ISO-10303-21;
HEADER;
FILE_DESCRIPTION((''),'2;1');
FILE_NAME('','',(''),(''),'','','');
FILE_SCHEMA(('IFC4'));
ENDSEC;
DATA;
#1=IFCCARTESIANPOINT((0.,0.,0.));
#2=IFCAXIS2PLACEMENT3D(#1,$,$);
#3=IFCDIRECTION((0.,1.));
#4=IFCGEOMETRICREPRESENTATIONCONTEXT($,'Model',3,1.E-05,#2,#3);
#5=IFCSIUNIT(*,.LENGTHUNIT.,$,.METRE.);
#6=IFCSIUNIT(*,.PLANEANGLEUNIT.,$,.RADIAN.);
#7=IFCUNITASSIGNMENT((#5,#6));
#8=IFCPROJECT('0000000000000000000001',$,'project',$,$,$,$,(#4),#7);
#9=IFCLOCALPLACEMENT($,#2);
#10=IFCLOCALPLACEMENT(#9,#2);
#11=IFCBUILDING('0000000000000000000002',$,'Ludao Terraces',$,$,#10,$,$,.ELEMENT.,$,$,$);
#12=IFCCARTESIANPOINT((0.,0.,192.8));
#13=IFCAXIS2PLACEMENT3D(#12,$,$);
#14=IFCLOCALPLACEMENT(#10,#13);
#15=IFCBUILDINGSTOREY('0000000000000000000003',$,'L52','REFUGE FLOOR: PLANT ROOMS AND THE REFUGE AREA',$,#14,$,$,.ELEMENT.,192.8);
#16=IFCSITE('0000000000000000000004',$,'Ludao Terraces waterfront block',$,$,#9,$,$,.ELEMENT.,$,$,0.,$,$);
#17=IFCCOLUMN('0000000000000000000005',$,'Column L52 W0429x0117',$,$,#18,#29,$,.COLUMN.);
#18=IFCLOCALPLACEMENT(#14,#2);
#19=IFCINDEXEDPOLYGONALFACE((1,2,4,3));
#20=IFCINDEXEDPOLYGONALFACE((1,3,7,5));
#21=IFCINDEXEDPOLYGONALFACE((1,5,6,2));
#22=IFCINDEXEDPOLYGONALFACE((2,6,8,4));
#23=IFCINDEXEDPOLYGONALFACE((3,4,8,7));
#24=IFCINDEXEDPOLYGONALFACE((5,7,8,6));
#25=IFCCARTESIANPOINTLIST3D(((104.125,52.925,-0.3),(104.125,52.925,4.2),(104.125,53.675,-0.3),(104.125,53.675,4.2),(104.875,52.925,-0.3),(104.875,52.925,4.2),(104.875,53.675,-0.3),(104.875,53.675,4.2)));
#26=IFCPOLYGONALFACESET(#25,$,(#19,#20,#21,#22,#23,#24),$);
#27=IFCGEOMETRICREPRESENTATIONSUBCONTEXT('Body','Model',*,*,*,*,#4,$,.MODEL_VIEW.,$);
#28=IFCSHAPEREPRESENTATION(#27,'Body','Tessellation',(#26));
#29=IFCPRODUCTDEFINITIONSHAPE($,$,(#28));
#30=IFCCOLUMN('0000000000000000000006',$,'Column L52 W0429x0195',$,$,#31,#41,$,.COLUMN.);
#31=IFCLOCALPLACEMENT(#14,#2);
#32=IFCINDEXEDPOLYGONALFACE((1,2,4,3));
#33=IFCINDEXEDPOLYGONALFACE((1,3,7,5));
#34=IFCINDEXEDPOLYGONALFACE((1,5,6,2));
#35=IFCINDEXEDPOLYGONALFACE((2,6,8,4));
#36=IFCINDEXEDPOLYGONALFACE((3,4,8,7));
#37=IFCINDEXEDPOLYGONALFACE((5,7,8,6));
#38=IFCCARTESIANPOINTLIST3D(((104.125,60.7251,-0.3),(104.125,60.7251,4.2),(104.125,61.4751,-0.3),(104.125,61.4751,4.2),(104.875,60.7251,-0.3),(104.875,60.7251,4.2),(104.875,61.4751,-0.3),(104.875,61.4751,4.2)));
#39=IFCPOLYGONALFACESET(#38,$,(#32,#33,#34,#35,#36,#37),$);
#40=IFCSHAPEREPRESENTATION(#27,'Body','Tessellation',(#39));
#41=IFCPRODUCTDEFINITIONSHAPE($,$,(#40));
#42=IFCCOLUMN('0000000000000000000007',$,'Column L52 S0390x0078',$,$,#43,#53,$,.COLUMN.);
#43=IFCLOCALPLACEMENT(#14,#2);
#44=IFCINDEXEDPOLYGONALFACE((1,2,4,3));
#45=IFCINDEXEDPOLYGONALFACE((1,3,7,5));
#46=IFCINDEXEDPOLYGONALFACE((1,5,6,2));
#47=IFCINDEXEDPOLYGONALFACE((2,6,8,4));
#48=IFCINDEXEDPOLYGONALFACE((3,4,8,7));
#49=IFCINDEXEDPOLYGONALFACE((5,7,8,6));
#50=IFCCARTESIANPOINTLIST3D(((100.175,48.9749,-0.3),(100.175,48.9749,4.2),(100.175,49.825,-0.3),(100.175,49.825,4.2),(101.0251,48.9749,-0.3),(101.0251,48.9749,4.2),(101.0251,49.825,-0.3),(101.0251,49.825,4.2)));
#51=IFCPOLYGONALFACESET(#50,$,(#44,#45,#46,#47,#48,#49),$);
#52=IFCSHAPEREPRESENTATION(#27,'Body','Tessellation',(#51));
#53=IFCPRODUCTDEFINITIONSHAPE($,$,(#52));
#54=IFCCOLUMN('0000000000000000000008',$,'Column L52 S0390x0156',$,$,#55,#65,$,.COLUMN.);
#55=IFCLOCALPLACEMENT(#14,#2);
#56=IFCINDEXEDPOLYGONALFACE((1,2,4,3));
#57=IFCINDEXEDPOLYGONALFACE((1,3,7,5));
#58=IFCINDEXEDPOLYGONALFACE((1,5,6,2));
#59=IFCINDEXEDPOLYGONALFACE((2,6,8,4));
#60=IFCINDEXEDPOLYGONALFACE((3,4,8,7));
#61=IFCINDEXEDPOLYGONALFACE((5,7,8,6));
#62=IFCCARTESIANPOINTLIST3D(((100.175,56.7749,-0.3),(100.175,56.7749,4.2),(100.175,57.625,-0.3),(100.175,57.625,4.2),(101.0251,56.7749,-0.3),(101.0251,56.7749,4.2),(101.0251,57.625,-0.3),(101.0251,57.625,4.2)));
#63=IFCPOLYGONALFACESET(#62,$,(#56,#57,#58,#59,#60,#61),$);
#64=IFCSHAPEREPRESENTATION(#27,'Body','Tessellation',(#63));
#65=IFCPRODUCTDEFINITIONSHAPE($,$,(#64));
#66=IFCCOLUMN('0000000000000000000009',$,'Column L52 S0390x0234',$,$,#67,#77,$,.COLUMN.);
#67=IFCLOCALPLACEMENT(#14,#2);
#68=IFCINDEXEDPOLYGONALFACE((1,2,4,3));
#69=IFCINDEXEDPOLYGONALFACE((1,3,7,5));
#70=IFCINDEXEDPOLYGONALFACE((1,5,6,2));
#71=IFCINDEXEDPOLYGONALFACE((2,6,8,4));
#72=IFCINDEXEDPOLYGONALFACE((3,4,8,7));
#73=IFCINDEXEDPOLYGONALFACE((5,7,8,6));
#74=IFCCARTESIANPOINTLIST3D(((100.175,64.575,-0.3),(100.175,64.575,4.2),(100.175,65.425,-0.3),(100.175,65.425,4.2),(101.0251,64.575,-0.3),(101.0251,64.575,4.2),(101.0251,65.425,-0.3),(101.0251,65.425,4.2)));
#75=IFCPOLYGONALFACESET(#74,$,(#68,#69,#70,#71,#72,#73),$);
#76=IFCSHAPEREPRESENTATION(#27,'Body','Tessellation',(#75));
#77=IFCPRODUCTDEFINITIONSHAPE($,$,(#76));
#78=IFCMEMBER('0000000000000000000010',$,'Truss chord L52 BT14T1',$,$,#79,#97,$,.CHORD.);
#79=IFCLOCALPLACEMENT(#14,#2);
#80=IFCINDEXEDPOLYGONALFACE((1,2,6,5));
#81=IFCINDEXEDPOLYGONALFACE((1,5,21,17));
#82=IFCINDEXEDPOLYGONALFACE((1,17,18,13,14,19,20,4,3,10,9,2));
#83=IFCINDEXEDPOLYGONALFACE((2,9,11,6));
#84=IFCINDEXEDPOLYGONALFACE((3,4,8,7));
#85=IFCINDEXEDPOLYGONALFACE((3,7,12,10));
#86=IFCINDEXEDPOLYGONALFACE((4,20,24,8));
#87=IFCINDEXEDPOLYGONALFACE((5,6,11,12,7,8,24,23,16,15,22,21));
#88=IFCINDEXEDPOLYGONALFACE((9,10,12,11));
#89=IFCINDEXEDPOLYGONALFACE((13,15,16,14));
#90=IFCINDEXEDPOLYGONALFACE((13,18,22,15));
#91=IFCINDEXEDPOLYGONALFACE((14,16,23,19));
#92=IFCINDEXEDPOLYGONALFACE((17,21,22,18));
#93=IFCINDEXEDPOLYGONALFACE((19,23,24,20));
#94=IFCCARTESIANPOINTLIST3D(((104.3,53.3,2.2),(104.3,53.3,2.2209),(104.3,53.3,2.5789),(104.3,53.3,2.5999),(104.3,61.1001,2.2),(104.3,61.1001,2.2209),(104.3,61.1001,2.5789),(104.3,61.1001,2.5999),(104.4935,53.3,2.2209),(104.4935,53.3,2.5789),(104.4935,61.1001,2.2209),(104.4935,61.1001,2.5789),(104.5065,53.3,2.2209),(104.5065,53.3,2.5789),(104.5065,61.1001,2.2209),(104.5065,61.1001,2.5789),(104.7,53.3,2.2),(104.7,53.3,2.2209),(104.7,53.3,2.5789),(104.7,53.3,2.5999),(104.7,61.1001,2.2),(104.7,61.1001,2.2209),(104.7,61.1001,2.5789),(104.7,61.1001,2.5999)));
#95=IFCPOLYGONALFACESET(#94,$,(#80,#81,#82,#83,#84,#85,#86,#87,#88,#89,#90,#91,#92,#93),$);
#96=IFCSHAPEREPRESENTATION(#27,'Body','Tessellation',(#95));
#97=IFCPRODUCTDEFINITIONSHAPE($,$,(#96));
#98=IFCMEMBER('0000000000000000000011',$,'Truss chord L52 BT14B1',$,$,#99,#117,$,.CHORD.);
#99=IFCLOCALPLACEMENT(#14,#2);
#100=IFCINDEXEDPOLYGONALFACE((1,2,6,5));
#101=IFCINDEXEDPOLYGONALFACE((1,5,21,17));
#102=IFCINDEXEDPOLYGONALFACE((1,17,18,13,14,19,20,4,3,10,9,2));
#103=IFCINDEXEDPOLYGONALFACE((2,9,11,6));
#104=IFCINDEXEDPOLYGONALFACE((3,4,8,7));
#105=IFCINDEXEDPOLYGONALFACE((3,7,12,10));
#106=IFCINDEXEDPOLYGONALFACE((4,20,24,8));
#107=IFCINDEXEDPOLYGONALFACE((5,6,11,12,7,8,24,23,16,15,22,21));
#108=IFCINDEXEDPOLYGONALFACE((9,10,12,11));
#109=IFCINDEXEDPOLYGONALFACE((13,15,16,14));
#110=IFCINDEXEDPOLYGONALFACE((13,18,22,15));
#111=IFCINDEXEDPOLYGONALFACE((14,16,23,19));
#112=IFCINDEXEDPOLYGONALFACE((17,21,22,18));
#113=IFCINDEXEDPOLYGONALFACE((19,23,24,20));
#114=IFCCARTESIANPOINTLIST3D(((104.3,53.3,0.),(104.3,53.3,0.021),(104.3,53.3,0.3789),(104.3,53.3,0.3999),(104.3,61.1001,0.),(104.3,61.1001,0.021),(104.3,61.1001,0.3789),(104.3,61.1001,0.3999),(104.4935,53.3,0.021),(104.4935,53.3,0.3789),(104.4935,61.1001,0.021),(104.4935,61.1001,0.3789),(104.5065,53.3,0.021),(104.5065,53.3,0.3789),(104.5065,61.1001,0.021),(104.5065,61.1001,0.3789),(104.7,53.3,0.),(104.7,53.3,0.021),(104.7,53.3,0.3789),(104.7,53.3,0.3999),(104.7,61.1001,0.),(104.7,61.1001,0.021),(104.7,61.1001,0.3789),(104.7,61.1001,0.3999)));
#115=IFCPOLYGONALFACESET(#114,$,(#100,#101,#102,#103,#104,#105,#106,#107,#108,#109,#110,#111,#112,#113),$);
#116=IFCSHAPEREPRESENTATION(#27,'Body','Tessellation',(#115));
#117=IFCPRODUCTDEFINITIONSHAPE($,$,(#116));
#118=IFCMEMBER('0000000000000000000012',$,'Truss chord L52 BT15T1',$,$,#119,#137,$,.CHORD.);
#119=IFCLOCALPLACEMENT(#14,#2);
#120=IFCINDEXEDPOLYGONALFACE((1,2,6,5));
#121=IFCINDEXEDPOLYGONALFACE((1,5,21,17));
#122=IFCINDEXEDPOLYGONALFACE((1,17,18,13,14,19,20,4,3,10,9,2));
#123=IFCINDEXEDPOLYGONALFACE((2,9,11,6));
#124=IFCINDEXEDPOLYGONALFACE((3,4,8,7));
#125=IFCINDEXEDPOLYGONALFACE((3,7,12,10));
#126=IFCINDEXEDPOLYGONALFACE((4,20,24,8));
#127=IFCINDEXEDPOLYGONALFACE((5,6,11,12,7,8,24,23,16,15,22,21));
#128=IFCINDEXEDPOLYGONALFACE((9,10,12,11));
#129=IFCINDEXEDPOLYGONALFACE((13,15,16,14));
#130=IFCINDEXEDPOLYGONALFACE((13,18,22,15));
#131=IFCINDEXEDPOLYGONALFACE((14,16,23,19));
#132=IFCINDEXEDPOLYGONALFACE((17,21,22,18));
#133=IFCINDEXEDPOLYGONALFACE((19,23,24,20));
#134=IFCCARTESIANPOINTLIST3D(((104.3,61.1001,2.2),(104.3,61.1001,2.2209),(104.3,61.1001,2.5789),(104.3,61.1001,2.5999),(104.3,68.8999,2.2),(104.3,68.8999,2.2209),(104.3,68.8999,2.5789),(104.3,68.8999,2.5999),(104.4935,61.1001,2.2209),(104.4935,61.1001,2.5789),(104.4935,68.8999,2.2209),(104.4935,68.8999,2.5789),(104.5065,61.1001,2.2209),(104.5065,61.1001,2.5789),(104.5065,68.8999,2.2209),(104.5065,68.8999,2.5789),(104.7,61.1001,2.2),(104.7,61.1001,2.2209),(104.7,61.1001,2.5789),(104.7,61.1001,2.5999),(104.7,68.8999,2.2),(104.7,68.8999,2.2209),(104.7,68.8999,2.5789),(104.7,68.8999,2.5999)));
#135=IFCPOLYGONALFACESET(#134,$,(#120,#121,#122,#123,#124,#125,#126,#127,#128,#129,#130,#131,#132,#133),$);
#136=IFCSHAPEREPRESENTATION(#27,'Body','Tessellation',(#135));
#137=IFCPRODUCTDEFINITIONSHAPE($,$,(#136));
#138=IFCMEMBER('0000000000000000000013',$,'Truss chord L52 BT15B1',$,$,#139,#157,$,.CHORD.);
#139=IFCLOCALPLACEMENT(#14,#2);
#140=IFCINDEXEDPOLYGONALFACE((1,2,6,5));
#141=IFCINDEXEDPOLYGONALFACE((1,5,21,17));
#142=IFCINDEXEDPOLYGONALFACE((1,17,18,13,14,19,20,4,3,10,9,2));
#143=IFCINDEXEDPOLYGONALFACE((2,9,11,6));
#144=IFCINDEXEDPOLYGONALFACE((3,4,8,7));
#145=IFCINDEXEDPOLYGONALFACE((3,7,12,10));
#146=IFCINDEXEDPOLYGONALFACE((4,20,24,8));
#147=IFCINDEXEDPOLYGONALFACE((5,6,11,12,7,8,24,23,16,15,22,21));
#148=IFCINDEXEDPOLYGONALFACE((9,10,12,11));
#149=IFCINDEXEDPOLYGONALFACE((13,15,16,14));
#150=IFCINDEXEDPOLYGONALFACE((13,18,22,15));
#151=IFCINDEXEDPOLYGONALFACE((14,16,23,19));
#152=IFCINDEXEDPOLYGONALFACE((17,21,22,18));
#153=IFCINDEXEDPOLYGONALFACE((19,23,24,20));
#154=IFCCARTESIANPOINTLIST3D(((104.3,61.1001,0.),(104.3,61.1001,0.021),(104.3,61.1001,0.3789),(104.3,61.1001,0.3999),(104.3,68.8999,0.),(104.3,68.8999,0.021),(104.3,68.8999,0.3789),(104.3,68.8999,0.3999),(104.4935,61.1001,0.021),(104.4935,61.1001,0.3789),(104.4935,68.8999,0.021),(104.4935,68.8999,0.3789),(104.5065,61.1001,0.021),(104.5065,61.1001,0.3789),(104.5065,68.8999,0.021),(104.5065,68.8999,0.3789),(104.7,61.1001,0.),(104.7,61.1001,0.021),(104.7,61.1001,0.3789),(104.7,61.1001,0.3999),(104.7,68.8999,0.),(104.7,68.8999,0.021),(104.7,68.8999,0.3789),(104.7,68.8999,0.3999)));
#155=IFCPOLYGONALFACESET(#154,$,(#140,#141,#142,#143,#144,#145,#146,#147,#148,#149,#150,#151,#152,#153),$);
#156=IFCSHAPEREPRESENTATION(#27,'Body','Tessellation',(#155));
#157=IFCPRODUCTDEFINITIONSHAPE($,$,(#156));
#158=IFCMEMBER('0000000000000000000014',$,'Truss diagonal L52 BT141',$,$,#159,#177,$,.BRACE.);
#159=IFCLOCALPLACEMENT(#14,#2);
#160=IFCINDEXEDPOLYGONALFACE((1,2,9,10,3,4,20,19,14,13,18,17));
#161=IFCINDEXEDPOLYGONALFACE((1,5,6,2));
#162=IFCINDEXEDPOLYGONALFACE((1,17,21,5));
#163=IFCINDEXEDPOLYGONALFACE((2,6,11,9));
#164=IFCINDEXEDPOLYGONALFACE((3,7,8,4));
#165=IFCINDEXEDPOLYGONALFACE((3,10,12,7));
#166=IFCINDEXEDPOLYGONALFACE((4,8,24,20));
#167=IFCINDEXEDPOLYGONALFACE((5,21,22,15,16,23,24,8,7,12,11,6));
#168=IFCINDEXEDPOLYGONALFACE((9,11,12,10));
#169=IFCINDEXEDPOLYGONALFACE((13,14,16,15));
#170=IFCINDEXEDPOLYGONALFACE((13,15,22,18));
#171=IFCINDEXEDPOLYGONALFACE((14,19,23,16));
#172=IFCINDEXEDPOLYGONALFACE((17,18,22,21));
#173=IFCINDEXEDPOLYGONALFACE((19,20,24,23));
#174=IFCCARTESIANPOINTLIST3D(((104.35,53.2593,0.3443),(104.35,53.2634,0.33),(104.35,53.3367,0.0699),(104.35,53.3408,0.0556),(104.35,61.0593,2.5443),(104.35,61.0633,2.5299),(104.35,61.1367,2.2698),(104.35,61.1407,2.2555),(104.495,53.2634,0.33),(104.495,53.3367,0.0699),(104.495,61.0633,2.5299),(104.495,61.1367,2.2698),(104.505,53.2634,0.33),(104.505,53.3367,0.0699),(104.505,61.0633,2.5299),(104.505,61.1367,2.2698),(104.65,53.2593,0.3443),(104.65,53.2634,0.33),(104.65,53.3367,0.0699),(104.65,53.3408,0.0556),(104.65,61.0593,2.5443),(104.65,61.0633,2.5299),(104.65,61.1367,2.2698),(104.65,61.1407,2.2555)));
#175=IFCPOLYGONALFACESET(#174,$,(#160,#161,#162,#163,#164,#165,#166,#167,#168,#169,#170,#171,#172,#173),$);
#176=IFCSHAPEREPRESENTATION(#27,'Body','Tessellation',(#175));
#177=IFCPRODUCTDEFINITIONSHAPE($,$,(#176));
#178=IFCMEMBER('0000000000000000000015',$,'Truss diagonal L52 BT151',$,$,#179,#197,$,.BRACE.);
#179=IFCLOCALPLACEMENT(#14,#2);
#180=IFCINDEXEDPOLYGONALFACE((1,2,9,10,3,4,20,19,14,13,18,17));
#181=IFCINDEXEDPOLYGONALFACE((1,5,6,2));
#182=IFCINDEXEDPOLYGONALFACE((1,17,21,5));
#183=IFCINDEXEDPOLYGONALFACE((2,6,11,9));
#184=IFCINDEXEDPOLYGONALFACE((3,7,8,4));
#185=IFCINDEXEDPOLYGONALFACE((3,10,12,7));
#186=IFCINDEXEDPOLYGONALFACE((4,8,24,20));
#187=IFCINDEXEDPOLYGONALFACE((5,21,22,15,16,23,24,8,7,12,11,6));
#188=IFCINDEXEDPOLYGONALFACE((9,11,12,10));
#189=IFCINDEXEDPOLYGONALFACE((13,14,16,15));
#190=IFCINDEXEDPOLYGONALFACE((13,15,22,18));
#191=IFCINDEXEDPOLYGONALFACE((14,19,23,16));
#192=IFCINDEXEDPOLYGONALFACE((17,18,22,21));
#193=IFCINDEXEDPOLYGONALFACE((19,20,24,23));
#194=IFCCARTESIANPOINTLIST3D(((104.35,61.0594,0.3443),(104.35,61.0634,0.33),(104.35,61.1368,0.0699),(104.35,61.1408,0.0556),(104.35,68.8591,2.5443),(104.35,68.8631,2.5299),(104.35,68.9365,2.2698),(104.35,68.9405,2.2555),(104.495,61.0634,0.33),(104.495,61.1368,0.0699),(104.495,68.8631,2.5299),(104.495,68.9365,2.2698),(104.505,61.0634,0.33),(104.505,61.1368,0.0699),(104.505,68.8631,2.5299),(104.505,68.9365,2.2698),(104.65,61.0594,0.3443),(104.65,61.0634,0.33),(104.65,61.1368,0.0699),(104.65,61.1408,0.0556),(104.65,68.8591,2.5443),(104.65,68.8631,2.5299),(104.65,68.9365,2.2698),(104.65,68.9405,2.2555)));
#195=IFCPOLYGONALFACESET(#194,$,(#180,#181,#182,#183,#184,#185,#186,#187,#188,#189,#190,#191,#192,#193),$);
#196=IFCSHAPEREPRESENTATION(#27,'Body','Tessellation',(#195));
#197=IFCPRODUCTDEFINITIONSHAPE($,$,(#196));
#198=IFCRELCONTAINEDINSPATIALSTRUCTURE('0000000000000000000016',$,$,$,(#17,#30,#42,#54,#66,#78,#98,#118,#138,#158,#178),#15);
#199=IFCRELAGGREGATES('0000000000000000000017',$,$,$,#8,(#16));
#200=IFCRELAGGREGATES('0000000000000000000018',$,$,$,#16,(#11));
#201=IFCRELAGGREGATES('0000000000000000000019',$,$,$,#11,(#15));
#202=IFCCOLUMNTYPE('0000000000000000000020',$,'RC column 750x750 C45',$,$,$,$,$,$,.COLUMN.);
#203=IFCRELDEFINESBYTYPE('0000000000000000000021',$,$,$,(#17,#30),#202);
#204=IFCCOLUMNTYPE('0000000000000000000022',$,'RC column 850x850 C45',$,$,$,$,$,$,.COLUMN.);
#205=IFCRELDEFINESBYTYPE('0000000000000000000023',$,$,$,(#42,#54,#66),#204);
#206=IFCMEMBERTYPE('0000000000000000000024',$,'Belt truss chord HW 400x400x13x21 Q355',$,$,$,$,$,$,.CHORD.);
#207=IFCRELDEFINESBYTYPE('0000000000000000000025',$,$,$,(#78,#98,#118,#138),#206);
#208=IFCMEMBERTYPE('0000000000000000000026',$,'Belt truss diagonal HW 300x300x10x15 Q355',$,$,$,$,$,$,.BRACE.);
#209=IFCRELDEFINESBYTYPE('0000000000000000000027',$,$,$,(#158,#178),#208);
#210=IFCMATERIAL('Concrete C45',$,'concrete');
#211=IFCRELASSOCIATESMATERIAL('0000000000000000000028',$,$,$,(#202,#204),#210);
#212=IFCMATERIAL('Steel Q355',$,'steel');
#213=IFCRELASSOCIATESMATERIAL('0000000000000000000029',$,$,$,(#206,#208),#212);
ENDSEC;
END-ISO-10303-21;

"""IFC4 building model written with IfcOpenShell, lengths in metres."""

from ifc_helpers import new_model, si_unit, direction, frame, origin, origin_2d, place, context, subcontext, project, spatial, rectangle, i_section, extrude, material, material_profile, profile_set, type_object, element, save


model = new_model("IFC4")

# Units and contexts
model_context = context("Model", 3, precision=1e-05, world=origin(), true_north=direction((0.0, 1.0)))
body_context = subcontext(model_context, "Body", "Model", "MODEL_VIEW")
ifc_project = project(units=[si_unit("LENGTHUNIT", "METRE"), si_unit("PLANEANGLEUNIT", "RADIAN")], contexts=[model_context])

# Site, building, storey
site_placement = place(None, origin())
site = spatial("IfcSite", under=ifc_project, at=site_placement, Name="Ludao Terraces waterfront block", CompositionType="ELEMENT", RefElevation=0.0)
building_placement = place(site_placement, origin())
building = spatial("IfcBuilding", under=site, at=building_placement, Name="Ludao Terraces", CompositionType="ELEMENT")
storey_placement = place(building_placement, frame((0.0, 0.0, 192.8)))
storey = spatial("IfcBuildingStorey", under=building, at=storey_placement, Name="L52", Description="REFUGE FLOOR: PLANT ROOMS AND THE REFUGE AREA", CompositionType="ELEMENT", Elevation=192.8)

# Columns
ifc_material_1 = material(Name="Concrete C45", Category="concrete")
ifc_material_profile_1 = material_profile(ifc_material_1, rectangle(XDim=0.75, YDim=0.75, at=origin_2d()), Name="750 X 750")
ifc_profile_set_1 = profile_set([ifc_material_profile_1], Name="Concrete C45")
column_type_1 = type_object("IfcColumnType", Name="RC column 750x750 C45", PredefinedType="COLUMN", material=ifc_profile_set_1)
for number, where, z_axis, x_axis, name in (
    (1, (104.5, 53.3, -0.3), (0.0, 0.0, 1.0), (1.0, 0.0, 0.0), "Column L52 W0429x0117"),
    (2, (104.5, 61.1001, -0.3), (0.0, 0.0, 1.0), (1.0, 0.0, 0.0), "Column L52 W0429x0195"),
):
    element("IfcColumn", number, at=place(storey_placement, frame(where, z_axis=z_axis, x_axis=x_axis)), inside=storey, type_object=column_type_1, Name=name, PredefinedType="COLUMN", context=body_context, shape_type="SweptSolid", body=[
        extrude(rectangle(XDim=0.75, YDim=0.75, at=origin_2d()), origin(), (0.0, 0.0, 1.0), 4.5),
    ])
ifc_material_profile_2 = material_profile(ifc_material_1, rectangle(XDim=0.8501, YDim=0.8501, at=origin_2d()), Name="850 X 850")
ifc_profile_set_2 = profile_set([ifc_material_profile_2], Name="Concrete C45")
column_type_2 = type_object("IfcColumnType", Name="RC column 850x850 C45", PredefinedType="COLUMN", material=ifc_profile_set_2)
for number, where, z_axis, x_axis, name in (
    (3, (100.6001, 49.3999, -0.3), (0.0, 0.0, 1.0), (1.0, 0.0, 0.0), "Column L52 S0390x0078"),
    (4, (100.6001, 57.2, -0.3), (0.0, 0.0, 1.0), (1.0, 0.0, 0.0), "Column L52 S0390x0156"),
    (5, (100.6001, 65.0, -0.3), (0.0, 0.0, 1.0), (1.0, 0.0, 0.0), "Column L52 S0390x0234"),
):
    element("IfcColumn", number, at=place(storey_placement, frame(where, z_axis=z_axis, x_axis=x_axis)), inside=storey, type_object=column_type_2, Name=name, PredefinedType="COLUMN", context=body_context, shape_type="SweptSolid", body=[
        extrude(rectangle(XDim=0.8501, YDim=0.8501, at=origin_2d()), origin(), (0.0, 0.0, 1.0), 4.5),
    ])

# Members
ifc_material_2 = material(Name="Steel Q355", Category="steel")
ifc_material_profile_3 = material_profile(ifc_material_2, i_section(OverallWidth=0.3999, OverallDepth=0.3999, WebThickness=0.0129, FlangeThickness=0.021, at=origin_2d()), Name="HW 400X400X13X21")
ifc_profile_set_3 = profile_set([ifc_material_profile_3], Name="Steel Q355")
member_type_1 = type_object("IfcMemberType", Name="Belt truss chord HW 400x400x13x21 Q355", PredefinedType="CHORD", material=ifc_profile_set_3)
for number, where, z_axis, x_axis, name in (
    (6, (104.5, 53.3, 2.3999), (0.0, 1.0, 0.0), (-1.0, 0.0, 0.0), "Truss chord L52 BT14T1"),
    (7, (104.5, 53.3, 0.2), (0.0, 1.0, 0.0), (-1.0, 0.0, 0.0), "Truss chord L52 BT14B1"),
):
    element("IfcMember", number, at=place(storey_placement, frame(where, z_axis=z_axis, x_axis=x_axis)), inside=storey, type_object=member_type_1, Name=name, PredefinedType="CHORD", context=body_context, shape_type="SweptSolid", body=[
        extrude(i_section(OverallWidth=0.3999, OverallDepth=0.3999, WebThickness=0.0129, FlangeThickness=0.021, at=origin_2d()), origin(), (0.0, 0.0, 1.0), 7.8),
    ])
for number, where, z_axis, x_axis, name in (
    (8, (104.5, 61.1001, 2.3999), (0.0, 1.0, 0.0), (-1.0, 0.0, 0.0), "Truss chord L52 BT15T1"),
    (9, (104.5, 61.1001, 0.2), (0.0, 1.0, 0.0), (-1.0, 0.0, 0.0), "Truss chord L52 BT15B1"),
):
    element("IfcMember", number, at=place(storey_placement, frame(where, z_axis=z_axis, x_axis=x_axis)), inside=storey, type_object=member_type_1, Name=name, PredefinedType="CHORD", context=body_context, shape_type="SweptSolid", body=[
        extrude(i_section(OverallWidth=0.3999, OverallDepth=0.3999, WebThickness=0.0129, FlangeThickness=0.021, at=origin_2d()), origin(), (0.0, 0.0, 1.0), 7.7998),
    ])
ifc_material_profile_4 = material_profile(ifc_material_2, i_section(OverallWidth=0.3, OverallDepth=0.3, WebThickness=0.01, FlangeThickness=0.0149, at=origin_2d()), Name="HW 300X300X10X15")
ifc_profile_set_4 = profile_set([ifc_material_profile_4], Name="Steel Q355")
member_type_2 = type_object("IfcMemberType", Name="Belt truss diagonal HW 300x300x10x15 Q355", PredefinedType="BRACE", material=ifc_profile_set_4)
member_1_placement = place(storey_placement, frame((104.5, 53.3, 0.2), z_axis=(0.0, 0.962452, 0.271453), x_axis=(-1.0, 0.0, 0.0)))
element("IfcMember", 10, at=member_1_placement, inside=storey, type_object=member_type_2, Name="Truss diagonal L52 BT141", PredefinedType="BRACE", context=body_context, shape_type="SweptSolid", body=[
    extrude(i_section(OverallWidth=0.3, OverallDepth=0.3, WebThickness=0.01, FlangeThickness=0.0149, at=origin_2d()), origin(), (0.0, 0.0, 1.0), 8.1042),
])
member_2_placement = place(storey_placement, frame((104.5, 61.1001, 0.2), z_axis=(0.0, 0.962449, 0.271461), x_axis=(-1.0, 0.0, 0.0)))
element("IfcMember", 11, at=member_2_placement, inside=storey, type_object=member_type_2, Name="Truss diagonal L52 BT151", PredefinedType="BRACE", context=body_context, shape_type="SweptSolid", body=[
    extrude(i_section(OverallWidth=0.3, OverallDepth=0.3, WebThickness=0.01, FlangeThickness=0.0149, at=origin_2d()), origin(), (0.0, 0.0, 1.0), 8.104),
])

save(model, "model.ifc")
